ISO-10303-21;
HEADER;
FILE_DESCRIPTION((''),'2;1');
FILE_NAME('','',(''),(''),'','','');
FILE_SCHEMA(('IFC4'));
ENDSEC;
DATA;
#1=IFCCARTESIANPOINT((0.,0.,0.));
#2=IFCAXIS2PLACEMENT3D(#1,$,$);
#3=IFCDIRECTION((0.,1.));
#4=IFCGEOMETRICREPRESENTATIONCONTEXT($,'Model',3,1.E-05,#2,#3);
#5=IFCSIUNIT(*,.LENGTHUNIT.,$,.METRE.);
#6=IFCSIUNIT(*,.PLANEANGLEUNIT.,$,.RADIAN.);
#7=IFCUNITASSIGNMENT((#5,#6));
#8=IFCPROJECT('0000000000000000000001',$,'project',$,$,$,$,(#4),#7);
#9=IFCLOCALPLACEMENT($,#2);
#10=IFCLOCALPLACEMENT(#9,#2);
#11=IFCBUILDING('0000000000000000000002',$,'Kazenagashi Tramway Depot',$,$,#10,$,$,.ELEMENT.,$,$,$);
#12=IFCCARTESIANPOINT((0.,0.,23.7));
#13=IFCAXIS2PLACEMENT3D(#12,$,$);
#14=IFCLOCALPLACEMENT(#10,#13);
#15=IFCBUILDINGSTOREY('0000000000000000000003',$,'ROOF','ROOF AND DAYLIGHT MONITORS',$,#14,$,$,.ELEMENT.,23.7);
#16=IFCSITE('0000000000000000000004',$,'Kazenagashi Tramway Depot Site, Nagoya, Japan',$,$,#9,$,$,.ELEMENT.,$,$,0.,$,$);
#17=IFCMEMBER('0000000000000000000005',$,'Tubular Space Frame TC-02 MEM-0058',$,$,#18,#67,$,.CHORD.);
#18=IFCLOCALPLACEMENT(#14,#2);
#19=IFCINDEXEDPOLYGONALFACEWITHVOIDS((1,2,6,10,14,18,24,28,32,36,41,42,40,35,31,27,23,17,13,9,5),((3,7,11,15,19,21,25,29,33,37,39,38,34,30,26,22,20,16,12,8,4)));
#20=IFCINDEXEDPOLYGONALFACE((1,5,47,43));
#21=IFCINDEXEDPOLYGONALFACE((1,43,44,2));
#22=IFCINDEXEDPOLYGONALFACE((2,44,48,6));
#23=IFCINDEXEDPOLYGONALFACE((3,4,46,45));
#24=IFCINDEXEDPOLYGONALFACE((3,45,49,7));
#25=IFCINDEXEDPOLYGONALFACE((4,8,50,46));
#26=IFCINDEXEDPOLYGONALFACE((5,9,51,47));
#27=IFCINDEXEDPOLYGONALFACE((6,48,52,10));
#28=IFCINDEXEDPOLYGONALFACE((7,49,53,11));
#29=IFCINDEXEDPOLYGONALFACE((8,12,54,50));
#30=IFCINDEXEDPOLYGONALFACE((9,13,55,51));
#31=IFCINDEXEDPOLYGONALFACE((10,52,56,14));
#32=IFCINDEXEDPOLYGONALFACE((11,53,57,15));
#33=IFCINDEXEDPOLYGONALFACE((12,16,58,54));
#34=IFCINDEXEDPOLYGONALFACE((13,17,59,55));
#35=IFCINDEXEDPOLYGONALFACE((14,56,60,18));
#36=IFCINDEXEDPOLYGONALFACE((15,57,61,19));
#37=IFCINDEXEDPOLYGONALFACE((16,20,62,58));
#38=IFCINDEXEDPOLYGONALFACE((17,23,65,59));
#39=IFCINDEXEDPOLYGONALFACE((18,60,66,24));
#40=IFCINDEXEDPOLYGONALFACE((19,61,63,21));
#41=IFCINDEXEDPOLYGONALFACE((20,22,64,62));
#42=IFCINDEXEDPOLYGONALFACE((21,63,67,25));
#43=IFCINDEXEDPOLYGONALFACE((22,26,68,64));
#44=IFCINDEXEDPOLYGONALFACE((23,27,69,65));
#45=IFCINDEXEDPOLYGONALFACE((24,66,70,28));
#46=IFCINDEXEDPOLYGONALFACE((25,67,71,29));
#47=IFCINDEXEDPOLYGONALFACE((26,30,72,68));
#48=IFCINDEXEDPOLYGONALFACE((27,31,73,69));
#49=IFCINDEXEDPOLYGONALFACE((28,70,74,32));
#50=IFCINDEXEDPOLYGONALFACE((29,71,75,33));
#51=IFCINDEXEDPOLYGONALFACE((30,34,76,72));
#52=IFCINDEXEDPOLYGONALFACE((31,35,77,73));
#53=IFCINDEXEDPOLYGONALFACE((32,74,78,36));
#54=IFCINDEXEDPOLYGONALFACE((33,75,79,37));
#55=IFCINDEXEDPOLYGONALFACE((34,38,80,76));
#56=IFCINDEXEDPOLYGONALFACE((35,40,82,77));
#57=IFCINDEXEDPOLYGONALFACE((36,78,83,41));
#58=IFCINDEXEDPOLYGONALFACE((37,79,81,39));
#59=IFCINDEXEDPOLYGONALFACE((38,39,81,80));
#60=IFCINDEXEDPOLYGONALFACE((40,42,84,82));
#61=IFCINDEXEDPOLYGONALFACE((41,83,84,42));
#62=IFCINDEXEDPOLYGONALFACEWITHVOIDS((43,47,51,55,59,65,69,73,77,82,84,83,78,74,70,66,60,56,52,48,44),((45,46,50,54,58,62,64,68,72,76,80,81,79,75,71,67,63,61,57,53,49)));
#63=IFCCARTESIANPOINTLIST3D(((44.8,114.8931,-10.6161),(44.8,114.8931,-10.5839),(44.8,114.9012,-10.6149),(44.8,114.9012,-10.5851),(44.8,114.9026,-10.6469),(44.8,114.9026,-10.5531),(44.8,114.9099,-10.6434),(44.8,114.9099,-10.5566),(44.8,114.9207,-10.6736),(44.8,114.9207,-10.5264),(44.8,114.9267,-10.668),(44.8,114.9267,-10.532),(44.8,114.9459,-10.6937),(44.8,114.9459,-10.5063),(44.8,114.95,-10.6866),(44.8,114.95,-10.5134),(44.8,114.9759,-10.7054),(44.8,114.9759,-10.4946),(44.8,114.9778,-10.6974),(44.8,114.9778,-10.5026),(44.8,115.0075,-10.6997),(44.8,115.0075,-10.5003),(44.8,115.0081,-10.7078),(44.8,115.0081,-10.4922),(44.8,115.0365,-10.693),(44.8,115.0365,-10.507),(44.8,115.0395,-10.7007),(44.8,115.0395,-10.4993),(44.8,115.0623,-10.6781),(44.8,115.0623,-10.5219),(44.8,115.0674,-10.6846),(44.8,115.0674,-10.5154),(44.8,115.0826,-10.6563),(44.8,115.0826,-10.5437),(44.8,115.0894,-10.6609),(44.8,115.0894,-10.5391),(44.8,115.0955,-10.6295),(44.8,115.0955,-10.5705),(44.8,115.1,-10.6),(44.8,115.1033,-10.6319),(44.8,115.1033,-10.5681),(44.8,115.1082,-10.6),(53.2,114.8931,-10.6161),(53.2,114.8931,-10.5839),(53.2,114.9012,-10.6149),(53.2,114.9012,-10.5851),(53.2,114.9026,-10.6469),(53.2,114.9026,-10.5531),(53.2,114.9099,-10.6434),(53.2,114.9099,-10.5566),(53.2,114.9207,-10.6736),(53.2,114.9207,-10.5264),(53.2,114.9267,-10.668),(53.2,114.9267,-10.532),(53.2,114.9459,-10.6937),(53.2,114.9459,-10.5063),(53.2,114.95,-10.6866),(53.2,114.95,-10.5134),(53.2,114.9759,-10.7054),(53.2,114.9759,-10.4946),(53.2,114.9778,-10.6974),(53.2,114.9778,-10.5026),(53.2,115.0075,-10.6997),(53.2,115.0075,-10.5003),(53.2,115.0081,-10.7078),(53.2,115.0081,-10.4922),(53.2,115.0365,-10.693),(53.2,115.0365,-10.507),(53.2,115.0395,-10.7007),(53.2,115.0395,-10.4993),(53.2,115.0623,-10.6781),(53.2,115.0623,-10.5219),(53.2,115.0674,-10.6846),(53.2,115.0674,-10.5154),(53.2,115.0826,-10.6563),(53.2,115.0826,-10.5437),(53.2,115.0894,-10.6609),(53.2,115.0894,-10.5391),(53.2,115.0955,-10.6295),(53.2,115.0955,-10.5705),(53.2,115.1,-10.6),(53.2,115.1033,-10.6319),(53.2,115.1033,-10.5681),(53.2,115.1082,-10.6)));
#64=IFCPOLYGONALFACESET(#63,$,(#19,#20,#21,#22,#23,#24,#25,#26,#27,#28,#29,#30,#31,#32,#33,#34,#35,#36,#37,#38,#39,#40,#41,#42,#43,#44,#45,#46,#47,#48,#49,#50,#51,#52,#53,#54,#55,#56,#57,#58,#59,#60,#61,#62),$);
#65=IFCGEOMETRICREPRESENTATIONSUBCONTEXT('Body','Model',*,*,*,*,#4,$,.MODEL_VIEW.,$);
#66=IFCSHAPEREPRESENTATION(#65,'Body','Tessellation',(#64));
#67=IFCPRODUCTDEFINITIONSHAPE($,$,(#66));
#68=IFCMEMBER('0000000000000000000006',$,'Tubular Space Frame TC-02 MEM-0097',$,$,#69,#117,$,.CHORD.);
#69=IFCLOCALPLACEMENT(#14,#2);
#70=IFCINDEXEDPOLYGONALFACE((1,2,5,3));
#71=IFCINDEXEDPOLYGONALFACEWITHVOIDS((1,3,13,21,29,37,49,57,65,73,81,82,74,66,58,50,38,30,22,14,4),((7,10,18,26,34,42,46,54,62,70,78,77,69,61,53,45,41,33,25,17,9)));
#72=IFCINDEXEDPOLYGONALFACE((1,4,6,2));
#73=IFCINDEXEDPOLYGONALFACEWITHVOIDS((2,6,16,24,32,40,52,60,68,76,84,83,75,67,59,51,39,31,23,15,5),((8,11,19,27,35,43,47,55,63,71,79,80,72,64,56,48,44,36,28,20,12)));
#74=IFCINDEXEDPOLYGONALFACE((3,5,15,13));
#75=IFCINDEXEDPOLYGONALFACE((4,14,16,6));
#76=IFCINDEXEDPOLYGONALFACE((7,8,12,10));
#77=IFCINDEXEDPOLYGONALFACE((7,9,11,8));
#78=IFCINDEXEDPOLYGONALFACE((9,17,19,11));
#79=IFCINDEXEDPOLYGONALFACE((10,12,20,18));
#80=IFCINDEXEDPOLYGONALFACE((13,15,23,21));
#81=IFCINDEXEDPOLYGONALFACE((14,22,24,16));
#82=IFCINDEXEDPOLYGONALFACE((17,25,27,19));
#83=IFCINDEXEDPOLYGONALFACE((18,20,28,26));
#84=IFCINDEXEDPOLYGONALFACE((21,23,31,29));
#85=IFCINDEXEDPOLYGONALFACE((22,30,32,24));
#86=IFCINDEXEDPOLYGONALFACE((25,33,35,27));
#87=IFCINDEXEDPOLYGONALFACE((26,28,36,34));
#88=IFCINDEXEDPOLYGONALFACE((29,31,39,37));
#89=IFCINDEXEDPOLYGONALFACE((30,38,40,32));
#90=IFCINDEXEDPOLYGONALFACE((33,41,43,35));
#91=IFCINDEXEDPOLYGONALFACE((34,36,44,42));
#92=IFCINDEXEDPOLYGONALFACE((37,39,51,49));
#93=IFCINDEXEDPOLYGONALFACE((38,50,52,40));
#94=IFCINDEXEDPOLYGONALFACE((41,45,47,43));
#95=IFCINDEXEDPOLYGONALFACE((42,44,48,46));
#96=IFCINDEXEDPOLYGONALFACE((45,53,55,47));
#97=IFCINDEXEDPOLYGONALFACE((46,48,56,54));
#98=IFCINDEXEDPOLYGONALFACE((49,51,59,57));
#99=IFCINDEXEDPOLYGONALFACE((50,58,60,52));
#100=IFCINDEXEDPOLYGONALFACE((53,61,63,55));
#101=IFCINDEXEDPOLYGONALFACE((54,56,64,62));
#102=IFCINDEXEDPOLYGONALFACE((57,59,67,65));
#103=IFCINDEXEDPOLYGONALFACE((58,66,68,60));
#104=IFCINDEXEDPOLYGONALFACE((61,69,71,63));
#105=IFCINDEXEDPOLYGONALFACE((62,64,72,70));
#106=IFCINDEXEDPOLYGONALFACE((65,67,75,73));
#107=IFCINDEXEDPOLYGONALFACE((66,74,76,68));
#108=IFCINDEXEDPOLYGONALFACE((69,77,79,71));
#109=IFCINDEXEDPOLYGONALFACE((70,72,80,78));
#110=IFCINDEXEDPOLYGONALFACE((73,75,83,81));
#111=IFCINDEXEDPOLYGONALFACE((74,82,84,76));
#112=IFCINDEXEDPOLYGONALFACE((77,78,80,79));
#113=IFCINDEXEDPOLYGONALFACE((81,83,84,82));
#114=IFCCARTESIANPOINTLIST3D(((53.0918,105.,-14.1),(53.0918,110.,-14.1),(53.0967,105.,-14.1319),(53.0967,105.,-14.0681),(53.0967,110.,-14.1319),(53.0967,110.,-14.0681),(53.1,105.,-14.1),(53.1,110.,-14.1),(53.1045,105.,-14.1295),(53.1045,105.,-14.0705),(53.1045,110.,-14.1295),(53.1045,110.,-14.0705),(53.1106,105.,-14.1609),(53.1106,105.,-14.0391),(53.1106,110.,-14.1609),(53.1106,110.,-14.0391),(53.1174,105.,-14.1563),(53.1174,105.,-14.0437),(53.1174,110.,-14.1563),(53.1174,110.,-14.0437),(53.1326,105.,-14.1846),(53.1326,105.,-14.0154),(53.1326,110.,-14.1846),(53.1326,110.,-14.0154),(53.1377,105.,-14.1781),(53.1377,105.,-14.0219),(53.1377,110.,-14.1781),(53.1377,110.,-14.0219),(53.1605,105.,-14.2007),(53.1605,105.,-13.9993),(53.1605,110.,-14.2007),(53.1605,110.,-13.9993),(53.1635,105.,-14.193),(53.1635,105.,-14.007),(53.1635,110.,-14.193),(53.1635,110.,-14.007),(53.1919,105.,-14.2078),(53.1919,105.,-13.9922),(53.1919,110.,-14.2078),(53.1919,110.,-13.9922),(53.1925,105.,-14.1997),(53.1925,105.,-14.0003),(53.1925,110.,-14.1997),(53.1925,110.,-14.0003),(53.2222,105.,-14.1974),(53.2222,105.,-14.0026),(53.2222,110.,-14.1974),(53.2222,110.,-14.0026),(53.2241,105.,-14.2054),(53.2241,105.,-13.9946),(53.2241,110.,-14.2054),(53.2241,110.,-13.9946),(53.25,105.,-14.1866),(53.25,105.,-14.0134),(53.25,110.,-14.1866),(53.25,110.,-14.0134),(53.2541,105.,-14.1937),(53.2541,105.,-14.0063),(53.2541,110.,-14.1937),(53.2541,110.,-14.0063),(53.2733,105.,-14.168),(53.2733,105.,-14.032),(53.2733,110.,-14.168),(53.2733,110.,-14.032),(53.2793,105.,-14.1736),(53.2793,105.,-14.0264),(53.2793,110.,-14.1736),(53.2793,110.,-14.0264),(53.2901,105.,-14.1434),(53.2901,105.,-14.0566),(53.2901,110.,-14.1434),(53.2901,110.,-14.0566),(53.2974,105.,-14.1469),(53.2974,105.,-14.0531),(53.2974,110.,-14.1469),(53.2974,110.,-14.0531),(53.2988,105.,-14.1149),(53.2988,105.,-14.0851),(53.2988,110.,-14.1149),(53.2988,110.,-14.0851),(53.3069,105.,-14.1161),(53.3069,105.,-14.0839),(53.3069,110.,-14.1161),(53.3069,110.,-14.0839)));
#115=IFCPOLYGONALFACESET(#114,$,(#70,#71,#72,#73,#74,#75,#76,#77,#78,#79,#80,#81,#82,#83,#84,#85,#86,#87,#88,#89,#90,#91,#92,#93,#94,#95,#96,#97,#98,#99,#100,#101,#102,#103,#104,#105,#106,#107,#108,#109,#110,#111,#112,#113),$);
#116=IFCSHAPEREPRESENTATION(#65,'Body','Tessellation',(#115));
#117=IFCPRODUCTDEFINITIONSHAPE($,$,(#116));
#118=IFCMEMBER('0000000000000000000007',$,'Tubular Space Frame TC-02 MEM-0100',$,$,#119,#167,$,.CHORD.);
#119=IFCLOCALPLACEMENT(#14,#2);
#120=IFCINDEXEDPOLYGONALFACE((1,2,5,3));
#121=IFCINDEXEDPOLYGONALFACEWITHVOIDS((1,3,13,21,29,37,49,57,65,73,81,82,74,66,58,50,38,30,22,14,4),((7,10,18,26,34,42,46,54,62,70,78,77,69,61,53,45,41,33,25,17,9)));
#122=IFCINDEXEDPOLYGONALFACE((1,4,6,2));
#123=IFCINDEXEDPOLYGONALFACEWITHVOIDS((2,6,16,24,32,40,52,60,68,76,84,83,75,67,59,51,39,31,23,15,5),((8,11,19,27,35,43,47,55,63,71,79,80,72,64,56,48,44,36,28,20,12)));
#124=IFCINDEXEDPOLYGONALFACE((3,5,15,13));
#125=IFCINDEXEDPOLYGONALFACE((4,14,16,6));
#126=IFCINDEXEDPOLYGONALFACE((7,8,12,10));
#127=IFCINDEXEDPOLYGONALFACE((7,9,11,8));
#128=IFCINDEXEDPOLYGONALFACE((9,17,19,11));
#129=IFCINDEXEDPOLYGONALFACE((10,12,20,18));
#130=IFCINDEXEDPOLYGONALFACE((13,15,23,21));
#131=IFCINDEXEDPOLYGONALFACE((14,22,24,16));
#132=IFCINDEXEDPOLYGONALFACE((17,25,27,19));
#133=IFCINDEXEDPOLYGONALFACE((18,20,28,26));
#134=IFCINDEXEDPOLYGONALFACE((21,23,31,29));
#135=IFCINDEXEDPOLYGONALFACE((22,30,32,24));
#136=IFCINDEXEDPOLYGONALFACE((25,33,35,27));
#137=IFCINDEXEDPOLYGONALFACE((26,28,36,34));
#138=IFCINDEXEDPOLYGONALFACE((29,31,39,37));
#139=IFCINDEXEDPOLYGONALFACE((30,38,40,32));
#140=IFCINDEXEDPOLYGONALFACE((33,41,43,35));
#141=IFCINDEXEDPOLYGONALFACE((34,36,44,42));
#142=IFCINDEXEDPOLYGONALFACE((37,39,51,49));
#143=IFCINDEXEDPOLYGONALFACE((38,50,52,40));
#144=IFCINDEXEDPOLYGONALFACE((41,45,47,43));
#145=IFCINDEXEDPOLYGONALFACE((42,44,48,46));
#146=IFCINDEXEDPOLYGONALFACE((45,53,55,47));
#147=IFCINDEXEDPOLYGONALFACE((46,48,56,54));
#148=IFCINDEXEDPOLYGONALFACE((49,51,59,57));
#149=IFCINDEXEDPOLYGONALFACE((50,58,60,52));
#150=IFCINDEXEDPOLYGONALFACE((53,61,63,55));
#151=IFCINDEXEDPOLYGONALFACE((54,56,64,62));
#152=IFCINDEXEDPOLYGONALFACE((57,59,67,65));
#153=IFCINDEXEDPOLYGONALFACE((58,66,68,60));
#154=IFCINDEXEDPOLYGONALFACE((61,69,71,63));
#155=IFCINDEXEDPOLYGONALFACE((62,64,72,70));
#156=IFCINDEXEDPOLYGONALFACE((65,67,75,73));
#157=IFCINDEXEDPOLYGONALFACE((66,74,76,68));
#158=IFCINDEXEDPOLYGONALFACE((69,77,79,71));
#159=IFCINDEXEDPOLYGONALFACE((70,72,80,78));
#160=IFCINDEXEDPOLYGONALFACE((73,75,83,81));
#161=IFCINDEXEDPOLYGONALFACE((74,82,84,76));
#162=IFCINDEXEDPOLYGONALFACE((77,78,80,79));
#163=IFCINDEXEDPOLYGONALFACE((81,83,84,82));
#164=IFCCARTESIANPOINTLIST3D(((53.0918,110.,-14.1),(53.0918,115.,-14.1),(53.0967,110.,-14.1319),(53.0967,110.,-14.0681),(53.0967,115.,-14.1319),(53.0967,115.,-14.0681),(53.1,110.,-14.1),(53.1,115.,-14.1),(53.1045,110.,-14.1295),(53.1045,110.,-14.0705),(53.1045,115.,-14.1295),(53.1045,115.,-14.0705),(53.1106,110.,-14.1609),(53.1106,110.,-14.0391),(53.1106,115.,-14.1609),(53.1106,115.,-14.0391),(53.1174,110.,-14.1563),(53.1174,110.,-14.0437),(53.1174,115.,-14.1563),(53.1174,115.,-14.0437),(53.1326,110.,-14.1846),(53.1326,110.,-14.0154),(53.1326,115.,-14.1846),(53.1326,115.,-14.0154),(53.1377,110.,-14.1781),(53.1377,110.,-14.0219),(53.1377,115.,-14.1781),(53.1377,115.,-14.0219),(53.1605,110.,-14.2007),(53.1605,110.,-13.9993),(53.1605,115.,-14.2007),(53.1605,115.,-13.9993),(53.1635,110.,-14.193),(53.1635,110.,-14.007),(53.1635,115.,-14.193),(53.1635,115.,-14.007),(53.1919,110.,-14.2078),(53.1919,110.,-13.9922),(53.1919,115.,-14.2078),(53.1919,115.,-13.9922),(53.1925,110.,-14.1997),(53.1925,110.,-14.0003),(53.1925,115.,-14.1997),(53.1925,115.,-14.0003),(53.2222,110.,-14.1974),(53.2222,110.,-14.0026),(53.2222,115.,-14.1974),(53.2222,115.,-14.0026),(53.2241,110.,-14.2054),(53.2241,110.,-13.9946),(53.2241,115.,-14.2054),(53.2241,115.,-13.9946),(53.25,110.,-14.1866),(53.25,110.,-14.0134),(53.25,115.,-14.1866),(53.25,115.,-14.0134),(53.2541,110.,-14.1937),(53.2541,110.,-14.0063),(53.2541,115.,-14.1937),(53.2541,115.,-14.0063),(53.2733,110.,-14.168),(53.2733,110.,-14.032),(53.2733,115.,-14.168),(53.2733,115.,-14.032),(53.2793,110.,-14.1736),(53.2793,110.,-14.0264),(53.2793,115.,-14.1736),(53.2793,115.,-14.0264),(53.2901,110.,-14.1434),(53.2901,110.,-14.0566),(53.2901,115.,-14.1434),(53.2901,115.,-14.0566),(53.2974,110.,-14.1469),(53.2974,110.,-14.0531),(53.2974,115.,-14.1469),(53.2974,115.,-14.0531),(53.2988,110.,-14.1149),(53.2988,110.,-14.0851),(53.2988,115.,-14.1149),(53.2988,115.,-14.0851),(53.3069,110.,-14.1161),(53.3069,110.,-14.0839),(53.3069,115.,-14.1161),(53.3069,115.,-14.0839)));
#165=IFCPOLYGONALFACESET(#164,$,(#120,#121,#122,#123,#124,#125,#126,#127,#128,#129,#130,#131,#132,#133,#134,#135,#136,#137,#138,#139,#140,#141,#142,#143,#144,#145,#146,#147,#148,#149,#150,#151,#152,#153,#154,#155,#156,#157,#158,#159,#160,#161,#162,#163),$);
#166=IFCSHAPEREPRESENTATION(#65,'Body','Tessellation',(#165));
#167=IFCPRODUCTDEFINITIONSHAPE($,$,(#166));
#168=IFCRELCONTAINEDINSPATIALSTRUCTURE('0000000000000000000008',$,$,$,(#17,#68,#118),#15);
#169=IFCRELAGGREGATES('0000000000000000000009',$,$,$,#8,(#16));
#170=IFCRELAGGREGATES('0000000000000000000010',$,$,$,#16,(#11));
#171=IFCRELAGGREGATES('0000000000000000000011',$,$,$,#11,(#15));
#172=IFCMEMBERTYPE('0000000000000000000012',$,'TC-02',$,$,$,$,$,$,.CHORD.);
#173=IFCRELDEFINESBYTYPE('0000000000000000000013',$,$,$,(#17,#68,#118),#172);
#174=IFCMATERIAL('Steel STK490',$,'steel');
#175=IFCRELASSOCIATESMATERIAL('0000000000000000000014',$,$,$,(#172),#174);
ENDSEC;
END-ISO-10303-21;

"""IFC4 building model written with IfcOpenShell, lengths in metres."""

from ifc_helpers import new_model, si_unit, direction, frame, origin, origin_2d, place, context, subcontext, project, spatial, hollow_circle, extrude, material, material_profile, profile_set, type_object, element, save


model = new_model("IFC4")

# Units and contexts
model_context = context("Model", 3, precision=1e-05, world=origin(), true_north=direction((0.0, 1.0)))
body_context = subcontext(model_context, "Body", "Model", "MODEL_VIEW")
ifc_project = project(units=[si_unit("LENGTHUNIT", "METRE"), si_unit("PLANEANGLEUNIT", "RADIAN")], contexts=[model_context])

# Site, building, storey
site_placement = place(None, origin())
site = spatial("IfcSite", under=ifc_project, at=site_placement, Name="Kazenagashi Tramway Depot Site, Nagoya, Japan", CompositionType="ELEMENT", RefElevation=0.0)
building_placement = place(site_placement, origin())
building = spatial("IfcBuilding", under=site, at=building_placement, Name="Kazenagashi Tramway Depot", CompositionType="ELEMENT")
storey_placement = place(building_placement, frame((0.0, 0.0, 23.7)))
storey = spatial("IfcBuildingStorey", under=building, at=storey_placement, Name="ROOF", Description="ROOF AND DAYLIGHT MONITORS", CompositionType="ELEMENT", Elevation=23.7)

# Members
ifc_material_1 = material(Name="Steel STK490", Category="steel")
ifc_material_profile_1 = material_profile(ifc_material_1, hollow_circle(Radius=0.1081, WallThickness=0.0082, at=origin_2d()), Name="CHS-216.3x8.2")
ifc_profile_set_1 = profile_set([ifc_material_profile_1], Name="Steel STK490")
member_type_1 = type_object("IfcMemberType", Name="TC-02", PredefinedType="CHORD", material=ifc_profile_set_1)
for number, where, z_axis, x_axis, name in (
    (1, (44.8, 115.0, -10.6), (1.0, 0.0, 0.0), (0.0, 1.0, 0.0), "Tubular Space Frame TC-02 MEM-0058"),
):
    element("IfcMember", number, at=place(storey_placement, frame(where, z_axis=z_axis, x_axis=x_axis)), inside=storey, type_object=member_type_1, Name=name, PredefinedType="CHORD", context=body_context, shape_type="SweptSolid", body=[
        extrude(hollow_circle(Radius=0.1081, WallThickness=0.0082, at=origin_2d()), origin(), (0.0, 0.0, 1.0), 8.4),
    ])
for number, where, z_axis, x_axis, name in (
    (2, (53.2, 105.0, -14.1), (0.0, 1.0, 0.0), (-1.0, 0.0, 0.0), "Tubular Space Frame TC-02 MEM-0097"),
    (3, (53.2, 110.0, -14.1), (0.0, 1.0, 0.0), (-1.0, 0.0, 0.0), "Tubular Space Frame TC-02 MEM-0100"),
):
    element("IfcMember", number, at=place(storey_placement, frame(where, z_axis=z_axis, x_axis=x_axis)), inside=storey, type_object=member_type_1, Name=name, PredefinedType="CHORD", context=body_context, shape_type="SweptSolid", body=[
        extrude(hollow_circle(Radius=0.1081, WallThickness=0.0082, at=origin_2d()), origin(), (0.0, 0.0, 1.0), 5.0),
    ])

save(model, "model.ifc")
